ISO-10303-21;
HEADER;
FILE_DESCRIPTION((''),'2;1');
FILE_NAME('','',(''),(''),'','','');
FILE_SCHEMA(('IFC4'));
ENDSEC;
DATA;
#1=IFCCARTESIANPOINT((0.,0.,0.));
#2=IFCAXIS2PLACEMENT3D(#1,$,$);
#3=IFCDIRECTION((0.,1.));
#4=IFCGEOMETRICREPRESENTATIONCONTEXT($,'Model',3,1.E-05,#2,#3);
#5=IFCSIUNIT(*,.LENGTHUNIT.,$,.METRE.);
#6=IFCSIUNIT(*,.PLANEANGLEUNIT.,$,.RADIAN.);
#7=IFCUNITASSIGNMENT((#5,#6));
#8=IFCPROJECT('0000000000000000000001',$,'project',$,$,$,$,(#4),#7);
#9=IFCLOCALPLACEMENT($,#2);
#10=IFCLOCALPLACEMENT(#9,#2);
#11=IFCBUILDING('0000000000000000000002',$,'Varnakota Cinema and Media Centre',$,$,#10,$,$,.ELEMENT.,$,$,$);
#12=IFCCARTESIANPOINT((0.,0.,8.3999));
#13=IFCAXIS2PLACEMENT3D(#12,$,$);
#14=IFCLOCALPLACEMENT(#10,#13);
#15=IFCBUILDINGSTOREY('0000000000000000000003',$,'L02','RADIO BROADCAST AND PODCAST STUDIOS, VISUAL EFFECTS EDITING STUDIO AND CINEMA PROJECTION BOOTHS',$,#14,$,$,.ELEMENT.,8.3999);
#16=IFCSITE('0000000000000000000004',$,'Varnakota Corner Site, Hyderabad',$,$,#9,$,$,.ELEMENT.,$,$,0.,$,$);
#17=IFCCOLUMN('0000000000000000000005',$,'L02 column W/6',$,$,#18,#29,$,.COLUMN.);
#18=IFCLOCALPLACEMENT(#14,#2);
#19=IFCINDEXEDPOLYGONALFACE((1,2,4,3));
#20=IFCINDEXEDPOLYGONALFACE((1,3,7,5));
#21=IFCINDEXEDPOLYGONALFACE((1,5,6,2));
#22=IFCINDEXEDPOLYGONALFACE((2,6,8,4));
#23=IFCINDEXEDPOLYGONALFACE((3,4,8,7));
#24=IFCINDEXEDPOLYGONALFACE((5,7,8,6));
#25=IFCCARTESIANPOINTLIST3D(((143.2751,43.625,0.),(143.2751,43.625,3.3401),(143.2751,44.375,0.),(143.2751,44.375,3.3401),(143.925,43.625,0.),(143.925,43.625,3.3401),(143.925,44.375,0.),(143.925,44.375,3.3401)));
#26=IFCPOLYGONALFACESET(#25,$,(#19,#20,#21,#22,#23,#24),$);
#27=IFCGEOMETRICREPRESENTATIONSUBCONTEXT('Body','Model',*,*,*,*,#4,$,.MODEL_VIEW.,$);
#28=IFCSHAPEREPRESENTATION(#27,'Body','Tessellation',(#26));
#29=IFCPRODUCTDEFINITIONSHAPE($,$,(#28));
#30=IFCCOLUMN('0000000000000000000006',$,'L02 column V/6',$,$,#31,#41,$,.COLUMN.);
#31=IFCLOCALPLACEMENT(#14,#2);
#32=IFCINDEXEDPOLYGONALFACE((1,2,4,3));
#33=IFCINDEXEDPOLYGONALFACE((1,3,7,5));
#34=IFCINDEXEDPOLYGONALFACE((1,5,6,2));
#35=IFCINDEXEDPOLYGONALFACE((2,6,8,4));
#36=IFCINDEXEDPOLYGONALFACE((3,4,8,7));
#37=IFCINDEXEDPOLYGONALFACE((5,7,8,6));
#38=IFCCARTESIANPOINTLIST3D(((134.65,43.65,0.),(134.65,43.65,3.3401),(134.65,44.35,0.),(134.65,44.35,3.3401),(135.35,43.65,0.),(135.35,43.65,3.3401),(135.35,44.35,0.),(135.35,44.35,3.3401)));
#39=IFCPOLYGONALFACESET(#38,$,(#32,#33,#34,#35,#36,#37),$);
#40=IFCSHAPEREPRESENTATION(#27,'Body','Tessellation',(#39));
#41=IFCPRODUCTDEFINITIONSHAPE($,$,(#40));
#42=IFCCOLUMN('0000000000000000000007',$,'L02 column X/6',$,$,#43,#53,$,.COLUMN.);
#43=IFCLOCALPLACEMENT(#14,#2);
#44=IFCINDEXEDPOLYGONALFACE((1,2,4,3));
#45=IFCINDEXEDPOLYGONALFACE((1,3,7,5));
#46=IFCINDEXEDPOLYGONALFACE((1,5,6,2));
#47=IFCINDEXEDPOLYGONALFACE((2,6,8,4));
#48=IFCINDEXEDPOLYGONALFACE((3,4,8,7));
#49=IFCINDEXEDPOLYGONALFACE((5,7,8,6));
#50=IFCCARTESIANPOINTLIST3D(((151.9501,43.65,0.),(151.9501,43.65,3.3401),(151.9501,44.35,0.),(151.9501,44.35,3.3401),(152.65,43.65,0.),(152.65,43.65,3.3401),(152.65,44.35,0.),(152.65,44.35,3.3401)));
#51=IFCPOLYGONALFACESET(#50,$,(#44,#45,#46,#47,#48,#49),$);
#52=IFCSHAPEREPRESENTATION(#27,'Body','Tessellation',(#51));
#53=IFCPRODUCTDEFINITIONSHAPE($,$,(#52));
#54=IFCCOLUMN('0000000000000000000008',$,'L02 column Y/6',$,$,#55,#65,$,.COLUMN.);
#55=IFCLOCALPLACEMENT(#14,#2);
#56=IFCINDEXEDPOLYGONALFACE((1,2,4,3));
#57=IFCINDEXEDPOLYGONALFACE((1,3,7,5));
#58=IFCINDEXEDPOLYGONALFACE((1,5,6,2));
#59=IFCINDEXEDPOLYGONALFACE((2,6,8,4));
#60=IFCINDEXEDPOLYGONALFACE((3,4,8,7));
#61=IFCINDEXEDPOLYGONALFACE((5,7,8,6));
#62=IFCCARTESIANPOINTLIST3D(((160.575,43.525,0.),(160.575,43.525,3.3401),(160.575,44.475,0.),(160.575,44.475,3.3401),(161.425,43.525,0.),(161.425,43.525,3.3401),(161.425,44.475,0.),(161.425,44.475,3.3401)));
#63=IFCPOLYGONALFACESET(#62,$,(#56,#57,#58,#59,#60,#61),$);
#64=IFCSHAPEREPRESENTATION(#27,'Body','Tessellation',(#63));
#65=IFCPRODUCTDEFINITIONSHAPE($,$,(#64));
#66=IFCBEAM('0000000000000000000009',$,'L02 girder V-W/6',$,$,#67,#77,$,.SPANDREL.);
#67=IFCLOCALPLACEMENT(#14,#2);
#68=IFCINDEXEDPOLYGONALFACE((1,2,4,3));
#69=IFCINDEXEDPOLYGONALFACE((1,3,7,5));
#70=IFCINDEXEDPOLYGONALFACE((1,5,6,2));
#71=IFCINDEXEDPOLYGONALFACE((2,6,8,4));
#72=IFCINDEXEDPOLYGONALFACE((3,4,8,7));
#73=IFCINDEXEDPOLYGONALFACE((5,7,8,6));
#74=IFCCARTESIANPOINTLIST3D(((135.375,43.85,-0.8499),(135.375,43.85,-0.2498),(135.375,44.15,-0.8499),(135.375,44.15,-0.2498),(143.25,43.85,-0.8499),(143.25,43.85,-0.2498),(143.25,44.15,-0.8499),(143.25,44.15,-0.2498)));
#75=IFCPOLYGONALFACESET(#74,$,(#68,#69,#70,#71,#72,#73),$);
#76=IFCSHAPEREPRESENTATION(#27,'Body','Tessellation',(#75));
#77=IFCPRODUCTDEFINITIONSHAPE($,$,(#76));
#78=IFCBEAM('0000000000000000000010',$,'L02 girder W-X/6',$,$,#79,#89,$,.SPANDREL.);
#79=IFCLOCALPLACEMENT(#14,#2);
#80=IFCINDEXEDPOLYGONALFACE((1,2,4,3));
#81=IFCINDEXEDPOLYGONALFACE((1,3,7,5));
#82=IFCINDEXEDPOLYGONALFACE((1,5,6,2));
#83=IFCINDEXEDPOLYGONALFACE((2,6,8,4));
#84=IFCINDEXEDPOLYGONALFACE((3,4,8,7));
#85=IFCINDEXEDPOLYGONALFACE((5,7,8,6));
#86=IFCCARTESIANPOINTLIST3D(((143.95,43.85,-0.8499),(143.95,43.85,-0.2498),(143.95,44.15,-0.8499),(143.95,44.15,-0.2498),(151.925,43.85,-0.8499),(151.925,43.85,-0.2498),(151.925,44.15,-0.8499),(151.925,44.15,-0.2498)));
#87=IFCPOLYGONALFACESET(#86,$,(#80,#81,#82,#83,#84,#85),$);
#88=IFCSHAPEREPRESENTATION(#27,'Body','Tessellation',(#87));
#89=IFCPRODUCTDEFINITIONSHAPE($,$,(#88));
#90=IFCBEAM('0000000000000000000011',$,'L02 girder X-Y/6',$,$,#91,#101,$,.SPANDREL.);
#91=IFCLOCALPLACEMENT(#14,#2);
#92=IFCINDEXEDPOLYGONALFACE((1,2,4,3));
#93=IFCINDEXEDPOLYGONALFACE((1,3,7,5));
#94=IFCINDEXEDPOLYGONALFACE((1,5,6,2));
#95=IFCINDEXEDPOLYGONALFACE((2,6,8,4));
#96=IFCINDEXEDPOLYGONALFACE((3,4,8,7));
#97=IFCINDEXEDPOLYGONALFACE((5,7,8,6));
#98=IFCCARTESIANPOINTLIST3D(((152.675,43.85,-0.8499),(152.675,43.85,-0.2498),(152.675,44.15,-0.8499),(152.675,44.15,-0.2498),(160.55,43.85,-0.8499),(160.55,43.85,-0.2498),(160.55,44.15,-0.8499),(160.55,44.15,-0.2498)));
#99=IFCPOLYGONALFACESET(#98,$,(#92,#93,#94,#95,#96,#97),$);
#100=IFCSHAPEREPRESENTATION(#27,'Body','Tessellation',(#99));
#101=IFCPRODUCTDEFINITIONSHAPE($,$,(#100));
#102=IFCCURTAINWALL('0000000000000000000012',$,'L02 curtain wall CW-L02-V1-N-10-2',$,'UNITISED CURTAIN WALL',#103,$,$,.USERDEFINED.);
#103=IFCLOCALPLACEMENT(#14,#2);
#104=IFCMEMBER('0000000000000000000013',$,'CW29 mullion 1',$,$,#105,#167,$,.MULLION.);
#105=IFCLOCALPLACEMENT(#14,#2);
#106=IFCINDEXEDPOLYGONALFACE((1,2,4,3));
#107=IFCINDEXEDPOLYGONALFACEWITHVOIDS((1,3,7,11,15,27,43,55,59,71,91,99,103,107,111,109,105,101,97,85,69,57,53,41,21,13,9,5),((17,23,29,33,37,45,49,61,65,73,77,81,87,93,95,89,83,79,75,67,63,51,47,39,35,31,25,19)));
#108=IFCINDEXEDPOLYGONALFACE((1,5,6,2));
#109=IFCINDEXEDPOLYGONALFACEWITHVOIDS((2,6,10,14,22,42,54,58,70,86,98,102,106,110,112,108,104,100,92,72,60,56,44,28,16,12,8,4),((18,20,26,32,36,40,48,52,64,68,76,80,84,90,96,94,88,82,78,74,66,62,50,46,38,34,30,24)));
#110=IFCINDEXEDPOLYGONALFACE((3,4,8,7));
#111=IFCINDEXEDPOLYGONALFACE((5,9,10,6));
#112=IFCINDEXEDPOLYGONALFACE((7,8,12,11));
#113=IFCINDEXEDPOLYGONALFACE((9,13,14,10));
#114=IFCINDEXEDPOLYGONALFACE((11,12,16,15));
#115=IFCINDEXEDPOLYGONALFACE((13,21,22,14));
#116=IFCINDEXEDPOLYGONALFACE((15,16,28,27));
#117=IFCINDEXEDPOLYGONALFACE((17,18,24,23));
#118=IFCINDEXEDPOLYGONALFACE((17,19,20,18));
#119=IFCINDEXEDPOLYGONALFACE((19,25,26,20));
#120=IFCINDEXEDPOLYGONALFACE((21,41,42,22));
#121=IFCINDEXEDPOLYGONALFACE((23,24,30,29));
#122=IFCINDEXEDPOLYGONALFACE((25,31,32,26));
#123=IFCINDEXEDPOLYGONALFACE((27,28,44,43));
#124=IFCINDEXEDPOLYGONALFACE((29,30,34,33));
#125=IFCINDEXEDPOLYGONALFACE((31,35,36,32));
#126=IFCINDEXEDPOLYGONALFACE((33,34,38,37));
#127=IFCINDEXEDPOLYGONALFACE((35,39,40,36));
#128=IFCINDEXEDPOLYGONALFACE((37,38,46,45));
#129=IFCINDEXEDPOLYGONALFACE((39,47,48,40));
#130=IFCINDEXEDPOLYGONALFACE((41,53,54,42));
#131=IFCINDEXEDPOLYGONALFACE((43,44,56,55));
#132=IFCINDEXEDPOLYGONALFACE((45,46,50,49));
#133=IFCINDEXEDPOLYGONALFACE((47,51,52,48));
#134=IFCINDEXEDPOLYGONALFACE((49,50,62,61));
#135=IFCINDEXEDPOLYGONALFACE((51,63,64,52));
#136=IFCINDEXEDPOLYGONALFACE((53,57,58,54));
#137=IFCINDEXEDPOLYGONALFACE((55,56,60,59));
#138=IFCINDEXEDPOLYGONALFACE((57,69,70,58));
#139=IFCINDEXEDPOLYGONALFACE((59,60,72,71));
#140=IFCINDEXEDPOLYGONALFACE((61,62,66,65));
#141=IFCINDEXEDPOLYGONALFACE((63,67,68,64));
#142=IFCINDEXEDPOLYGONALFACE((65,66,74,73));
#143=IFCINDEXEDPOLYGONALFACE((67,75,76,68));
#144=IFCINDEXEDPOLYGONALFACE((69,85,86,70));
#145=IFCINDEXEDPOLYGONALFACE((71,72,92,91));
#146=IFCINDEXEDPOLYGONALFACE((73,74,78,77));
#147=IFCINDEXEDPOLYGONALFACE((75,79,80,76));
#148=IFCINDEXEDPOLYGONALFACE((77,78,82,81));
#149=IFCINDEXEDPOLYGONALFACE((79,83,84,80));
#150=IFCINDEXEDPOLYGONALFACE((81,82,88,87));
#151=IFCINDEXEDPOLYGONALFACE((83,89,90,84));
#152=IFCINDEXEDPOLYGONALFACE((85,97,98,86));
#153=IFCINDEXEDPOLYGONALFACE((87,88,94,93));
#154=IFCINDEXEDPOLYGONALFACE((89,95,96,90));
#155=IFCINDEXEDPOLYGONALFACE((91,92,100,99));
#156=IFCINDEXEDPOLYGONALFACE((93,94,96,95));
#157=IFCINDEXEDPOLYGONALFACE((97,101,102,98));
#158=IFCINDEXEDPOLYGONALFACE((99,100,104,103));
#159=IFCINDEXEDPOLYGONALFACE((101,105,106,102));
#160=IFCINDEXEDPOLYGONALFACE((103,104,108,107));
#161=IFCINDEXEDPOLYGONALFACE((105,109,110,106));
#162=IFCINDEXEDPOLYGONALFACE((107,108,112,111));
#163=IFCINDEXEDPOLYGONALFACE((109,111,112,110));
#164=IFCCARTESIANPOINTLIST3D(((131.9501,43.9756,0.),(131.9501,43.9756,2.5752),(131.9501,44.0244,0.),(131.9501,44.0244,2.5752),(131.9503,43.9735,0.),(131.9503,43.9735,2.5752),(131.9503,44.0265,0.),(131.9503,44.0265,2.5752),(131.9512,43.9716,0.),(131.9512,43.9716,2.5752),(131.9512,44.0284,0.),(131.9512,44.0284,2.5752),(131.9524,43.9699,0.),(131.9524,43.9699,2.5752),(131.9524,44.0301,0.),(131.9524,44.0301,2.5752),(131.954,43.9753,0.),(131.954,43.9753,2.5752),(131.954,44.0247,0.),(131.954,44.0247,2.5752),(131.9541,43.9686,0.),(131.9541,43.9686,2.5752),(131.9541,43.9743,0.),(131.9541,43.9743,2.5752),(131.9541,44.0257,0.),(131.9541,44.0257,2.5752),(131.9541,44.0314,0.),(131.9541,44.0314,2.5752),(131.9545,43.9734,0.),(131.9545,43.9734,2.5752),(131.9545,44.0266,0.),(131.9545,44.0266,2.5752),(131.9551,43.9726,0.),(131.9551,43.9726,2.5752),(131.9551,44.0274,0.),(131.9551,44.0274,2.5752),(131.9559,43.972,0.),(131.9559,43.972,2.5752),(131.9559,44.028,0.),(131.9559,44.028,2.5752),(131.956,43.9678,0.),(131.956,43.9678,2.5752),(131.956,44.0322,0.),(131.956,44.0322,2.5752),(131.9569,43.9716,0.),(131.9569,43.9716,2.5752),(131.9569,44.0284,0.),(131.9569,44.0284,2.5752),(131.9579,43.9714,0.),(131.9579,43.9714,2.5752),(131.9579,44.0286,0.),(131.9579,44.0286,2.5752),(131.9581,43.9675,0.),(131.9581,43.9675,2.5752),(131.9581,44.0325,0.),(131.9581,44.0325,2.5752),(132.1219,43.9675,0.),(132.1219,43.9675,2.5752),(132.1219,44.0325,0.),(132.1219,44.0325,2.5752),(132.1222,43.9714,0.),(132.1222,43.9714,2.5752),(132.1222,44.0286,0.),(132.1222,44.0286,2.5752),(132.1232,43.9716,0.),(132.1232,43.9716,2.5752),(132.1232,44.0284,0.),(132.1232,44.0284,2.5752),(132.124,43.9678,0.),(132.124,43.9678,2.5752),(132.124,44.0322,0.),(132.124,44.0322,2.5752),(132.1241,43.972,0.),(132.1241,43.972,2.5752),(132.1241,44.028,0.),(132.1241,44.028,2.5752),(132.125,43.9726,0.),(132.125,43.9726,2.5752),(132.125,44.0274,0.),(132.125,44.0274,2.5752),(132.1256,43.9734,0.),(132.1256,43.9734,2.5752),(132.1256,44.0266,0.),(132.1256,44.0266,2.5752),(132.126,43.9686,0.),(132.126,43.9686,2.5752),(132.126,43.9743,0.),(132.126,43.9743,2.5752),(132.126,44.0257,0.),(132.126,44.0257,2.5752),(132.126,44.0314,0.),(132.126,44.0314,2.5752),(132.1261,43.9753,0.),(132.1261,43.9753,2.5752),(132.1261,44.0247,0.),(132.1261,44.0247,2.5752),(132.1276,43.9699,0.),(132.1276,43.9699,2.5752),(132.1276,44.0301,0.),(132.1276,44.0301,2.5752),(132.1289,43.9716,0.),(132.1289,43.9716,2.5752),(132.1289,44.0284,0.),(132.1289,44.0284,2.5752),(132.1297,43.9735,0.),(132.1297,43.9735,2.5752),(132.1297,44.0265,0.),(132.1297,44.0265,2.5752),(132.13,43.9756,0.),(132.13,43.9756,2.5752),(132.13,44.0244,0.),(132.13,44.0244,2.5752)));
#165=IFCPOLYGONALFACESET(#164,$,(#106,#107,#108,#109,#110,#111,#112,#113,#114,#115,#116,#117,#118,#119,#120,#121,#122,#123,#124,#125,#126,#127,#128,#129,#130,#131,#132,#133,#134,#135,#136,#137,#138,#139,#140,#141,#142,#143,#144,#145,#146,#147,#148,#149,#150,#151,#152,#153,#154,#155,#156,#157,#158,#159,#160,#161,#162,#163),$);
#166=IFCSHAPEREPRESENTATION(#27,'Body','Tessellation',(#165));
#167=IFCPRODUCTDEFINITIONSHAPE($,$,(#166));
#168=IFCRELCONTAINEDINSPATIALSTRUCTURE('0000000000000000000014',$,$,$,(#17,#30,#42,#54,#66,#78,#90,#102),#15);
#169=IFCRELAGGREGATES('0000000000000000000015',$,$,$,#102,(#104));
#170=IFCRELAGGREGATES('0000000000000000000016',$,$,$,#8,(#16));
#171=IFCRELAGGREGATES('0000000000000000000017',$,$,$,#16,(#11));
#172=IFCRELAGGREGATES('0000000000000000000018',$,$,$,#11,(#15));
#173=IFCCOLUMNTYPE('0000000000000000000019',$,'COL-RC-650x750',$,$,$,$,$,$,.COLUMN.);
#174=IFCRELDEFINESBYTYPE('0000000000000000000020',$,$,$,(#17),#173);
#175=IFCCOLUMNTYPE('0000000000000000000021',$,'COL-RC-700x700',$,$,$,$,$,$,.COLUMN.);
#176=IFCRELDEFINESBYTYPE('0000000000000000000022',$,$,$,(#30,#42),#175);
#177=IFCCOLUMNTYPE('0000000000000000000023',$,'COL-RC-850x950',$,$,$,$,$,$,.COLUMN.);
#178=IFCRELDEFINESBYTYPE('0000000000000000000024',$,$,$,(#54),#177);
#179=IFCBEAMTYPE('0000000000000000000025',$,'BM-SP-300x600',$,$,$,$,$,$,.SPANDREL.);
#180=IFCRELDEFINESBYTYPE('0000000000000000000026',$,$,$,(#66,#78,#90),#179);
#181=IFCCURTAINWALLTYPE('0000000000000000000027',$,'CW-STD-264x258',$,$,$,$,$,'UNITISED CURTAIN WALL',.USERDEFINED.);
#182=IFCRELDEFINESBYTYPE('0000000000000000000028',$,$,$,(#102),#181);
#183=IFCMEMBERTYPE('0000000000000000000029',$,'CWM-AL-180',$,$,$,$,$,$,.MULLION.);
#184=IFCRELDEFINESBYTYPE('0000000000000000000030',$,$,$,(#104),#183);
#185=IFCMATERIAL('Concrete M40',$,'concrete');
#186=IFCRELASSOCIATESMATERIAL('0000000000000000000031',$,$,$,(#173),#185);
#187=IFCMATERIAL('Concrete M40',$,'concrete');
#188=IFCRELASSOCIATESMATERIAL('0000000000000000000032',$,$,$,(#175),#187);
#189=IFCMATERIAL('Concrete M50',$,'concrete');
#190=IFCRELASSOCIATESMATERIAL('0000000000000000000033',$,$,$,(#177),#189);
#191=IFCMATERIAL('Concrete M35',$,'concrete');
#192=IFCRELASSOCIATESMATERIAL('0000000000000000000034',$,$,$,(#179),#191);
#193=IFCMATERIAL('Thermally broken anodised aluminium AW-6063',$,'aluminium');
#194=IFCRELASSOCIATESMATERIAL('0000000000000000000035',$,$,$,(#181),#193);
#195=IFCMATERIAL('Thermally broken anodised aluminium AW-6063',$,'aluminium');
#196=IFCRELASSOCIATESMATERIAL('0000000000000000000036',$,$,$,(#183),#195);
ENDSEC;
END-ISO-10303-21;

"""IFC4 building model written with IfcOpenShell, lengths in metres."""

from ifc_helpers import new_model, si_unit, direction, frame, origin, origin_2d, place, context, subcontext, project, spatial, rectangle, hollow_rectangle, extrude, material, material_profile, profile_set, type_object, element, aggregate, save


model = new_model("IFC4")

# Units and contexts
model_context = context("Model", 3, precision=1e-05, world=origin(), true_north=direction((0.0, 1.0)))
body_context = subcontext(model_context, "Body", "Model", "MODEL_VIEW")
ifc_project = project(units=[si_unit("LENGTHUNIT", "METRE"), si_unit("PLANEANGLEUNIT", "RADIAN")], contexts=[model_context])

# Site, building, storey
site_placement = place(None, origin())
site = spatial("IfcSite", under=ifc_project, at=site_placement, Name="Varnakota Corner Site, Hyderabad", CompositionType="ELEMENT", RefElevation=0.0)
building_placement = place(site_placement, origin())
building = spatial("IfcBuilding", under=site, at=building_placement, Name="Varnakota Cinema and Media Centre", CompositionType="ELEMENT")
storey_placement = place(building_placement, frame((0.0, 0.0, 8.3999)))
storey = spatial("IfcBuildingStorey", under=building, at=storey_placement, Name="L02", Description="RADIO BROADCAST AND PODCAST STUDIOS, VISUAL EFFECTS EDITING STUDIO AND CINEMA PROJECTION BOOTHS", CompositionType="ELEMENT", Elevation=8.3999)

# Columns
ifc_material_1 = material(Name="Concrete M40", Category="concrete")
ifc_material_profile_1 = material_profile(ifc_material_1, rectangle(XDim=0.6499, YDim=0.75, at=origin_2d()), Name="RC 650x750")
ifc_profile_set_1 = profile_set([ifc_material_profile_1], Name="Concrete M40")
column_type_1 = type_object("IfcColumnType", Name="COL-RC-650x750", PredefinedType="COLUMN", material=ifc_profile_set_1)
column_1_placement = place(storey_placement, frame((143.6001, 44.0, 0.0), z_axis=(0.0, 0.0, 1.0), x_axis=(1.0, 0.0, 0.0)))
element("IfcColumn", 1, at=column_1_placement, inside=storey, type_object=column_type_1, Name="L02 column W/6", PredefinedType="COLUMN", context=body_context, shape_type="SweptSolid", body=[
    extrude(rectangle(XDim=0.6499, YDim=0.75, at=origin_2d()), origin(), (0.0, 0.0, 1.0), 3.3401),
])
ifc_material_2 = material(Name="Concrete M40", Category="concrete")
ifc_material_profile_2 = material_profile(ifc_material_2, rectangle(XDim=0.7, YDim=0.7, at=origin_2d()), Name="RC 700x700")
ifc_profile_set_2 = profile_set([ifc_material_profile_2], Name="Concrete M40")
column_type_2 = type_object("IfcColumnType", Name="COL-RC-700x700", PredefinedType="COLUMN", material=ifc_profile_set_2)
for number, where, z_axis, x_axis, name in (
    (2, (135.0, 44.0, 0.0), (0.0, 0.0, 1.0), (1.0, 0.0, 0.0), "L02 column V/6"),
    (3, (152.3, 44.0, 0.0), (0.0, 0.0, 1.0), (1.0, 0.0, 0.0), "L02 column X/6"),
):
    element("IfcColumn", number, at=place(storey_placement, frame(where, z_axis=z_axis, x_axis=x_axis)), inside=storey, type_object=column_type_2, Name=name, PredefinedType="COLUMN", context=body_context, shape_type="SweptSolid", body=[
        extrude(rectangle(XDim=0.7, YDim=0.7, at=origin_2d()), origin(), (0.0, 0.0, 1.0), 3.3401),
    ])
ifc_material_3 = material(Name="Concrete M50", Category="concrete")
ifc_material_profile_3 = material_profile(ifc_material_3, rectangle(XDim=0.8501, YDim=0.95, at=origin_2d()), Name="RC 850x950")
ifc_profile_set_3 = profile_set([ifc_material_profile_3], Name="Concrete M50")
column_type_3 = type_object("IfcColumnType", Name="COL-RC-850x950", PredefinedType="COLUMN", material=ifc_profile_set_3)
column_2_placement = place(storey_placement, frame((161.0, 44.0, 0.0), z_axis=(0.0, 0.0, 1.0), x_axis=(1.0, 0.0, 0.0)))
element("IfcColumn", 4, at=column_2_placement, inside=storey, type_object=column_type_3, Name="L02 column Y/6", PredefinedType="COLUMN", context=body_context, shape_type="SweptSolid", body=[
    extrude(rectangle(XDim=0.8501, YDim=0.95, at=origin_2d()), origin(), (0.0, 0.0, 1.0), 3.3401),
])

# Beams
ifc_material_4 = material(Name="Concrete M35", Category="concrete")
ifc_material_profile_4 = material_profile(ifc_material_4, rectangle(XDim=0.3, YDim=0.6001, at=origin_2d()), Name="RCB 300x600")
ifc_profile_set_4 = profile_set([ifc_material_profile_4], Name="Concrete M35")
beam_type = type_object("IfcBeamType", Name="BM-SP-300x600", PredefinedType="SPANDREL", material=ifc_profile_set_4)
beam_1_placement = place(storey_placement, frame((135.375, 44.0, -0.5498), z_axis=(1.0, 0.0, 0.0), x_axis=(0.0, 1.0, 0.0)))
element("IfcBeam", 5, at=beam_1_placement, inside=storey, type_object=beam_type, Name="L02 girder V-W/6", PredefinedType="SPANDREL", context=body_context, shape_type="SweptSolid", body=[
    extrude(rectangle(XDim=0.3, YDim=0.6001, at=origin_2d()), origin(), (0.0, 0.0, 1.0), 7.875),
])
beam_2_placement = place(storey_placement, frame((143.95, 44.0, -0.5498), z_axis=(1.0, 0.0, 0.0), x_axis=(0.0, 1.0, 0.0)))
element("IfcBeam", 6, at=beam_2_placement, inside=storey, type_object=beam_type, Name="L02 girder W-X/6", PredefinedType="SPANDREL", context=body_context, shape_type="SweptSolid", body=[
    extrude(rectangle(XDim=0.3, YDim=0.6001, at=origin_2d()), origin(), (0.0, 0.0, 1.0), 7.9751),
])
beam_3_placement = place(storey_placement, frame((152.675, 44.0, -0.5498), z_axis=(1.0, 0.0, 0.0), x_axis=(0.0, 1.0, 0.0)))
element("IfcBeam", 7, at=beam_3_placement, inside=storey, type_object=beam_type, Name="L02 girder X-Y/6", PredefinedType="SPANDREL", context=body_context, shape_type="SweptSolid", body=[
    extrude(rectangle(XDim=0.3, YDim=0.6001, at=origin_2d()), origin(), (0.0, 0.0, 1.0), 7.875),
])

# Curtain wall, member
ifc_material_5 = material(Name="Thermally broken anodised aluminium AW-6063", Category="aluminium")
curtain_wall_type = type_object("IfcCurtainWallType", Name="CW-STD-264x258", ElementType="UNITISED CURTAIN WALL", PredefinedType="USERDEFINED", material=ifc_material_5)
curtain_wall_placement = place(storey_placement, origin())
curtain_wall = element("IfcCurtainWall", 8, at=curtain_wall_placement, inside=storey, type_object=curtain_wall_type, Name="L02 curtain wall CW-L02-V1-N-10-2", ObjectType="UNITISED CURTAIN WALL", PredefinedType="USERDEFINED")
ifc_material_6 = material(Name="Thermally broken anodised aluminium AW-6063", Category="aluminium")
ifc_material_profile_5 = material_profile(ifc_material_6, hollow_rectangle(XDim=0.0649, YDim=0.1799, WallThickness=0.0039, InnerFilletRadius=0.0039, OuterFilletRadius=0.0081, at=origin_2d()), Name="AL-MULLION 180x65x4")
ifc_profile_set_5 = profile_set([ifc_material_profile_5], Name="Thermally broken anodised aluminium AW-6063")
member_type_1 = type_object("IfcMemberType", Name="CWM-AL-180", PredefinedType="MULLION", material=ifc_profile_set_5)
member_1_placement = place(storey_placement, frame((132.04, 44.0, 0.0), z_axis=(0.0, 0.0, 1.0), x_axis=(0.0, 1.0, 0.0)))
member_1 = element("IfcMember", 9, at=member_1_placement, type_object=member_type_1, Name="CW29 mullion 1", PredefinedType="MULLION", context=body_context, shape_type="SweptSolid", body=[
    extrude(hollow_rectangle(XDim=0.0649, YDim=0.1799, WallThickness=0.0039, InnerFilletRadius=0.0039, OuterFilletRadius=0.0081, at=origin_2d()), origin(), (0.0, 0.0, 1.0), 2.5752),
])
aggregate(curtain_wall, [member_1])

save(model, "model.ifc")
